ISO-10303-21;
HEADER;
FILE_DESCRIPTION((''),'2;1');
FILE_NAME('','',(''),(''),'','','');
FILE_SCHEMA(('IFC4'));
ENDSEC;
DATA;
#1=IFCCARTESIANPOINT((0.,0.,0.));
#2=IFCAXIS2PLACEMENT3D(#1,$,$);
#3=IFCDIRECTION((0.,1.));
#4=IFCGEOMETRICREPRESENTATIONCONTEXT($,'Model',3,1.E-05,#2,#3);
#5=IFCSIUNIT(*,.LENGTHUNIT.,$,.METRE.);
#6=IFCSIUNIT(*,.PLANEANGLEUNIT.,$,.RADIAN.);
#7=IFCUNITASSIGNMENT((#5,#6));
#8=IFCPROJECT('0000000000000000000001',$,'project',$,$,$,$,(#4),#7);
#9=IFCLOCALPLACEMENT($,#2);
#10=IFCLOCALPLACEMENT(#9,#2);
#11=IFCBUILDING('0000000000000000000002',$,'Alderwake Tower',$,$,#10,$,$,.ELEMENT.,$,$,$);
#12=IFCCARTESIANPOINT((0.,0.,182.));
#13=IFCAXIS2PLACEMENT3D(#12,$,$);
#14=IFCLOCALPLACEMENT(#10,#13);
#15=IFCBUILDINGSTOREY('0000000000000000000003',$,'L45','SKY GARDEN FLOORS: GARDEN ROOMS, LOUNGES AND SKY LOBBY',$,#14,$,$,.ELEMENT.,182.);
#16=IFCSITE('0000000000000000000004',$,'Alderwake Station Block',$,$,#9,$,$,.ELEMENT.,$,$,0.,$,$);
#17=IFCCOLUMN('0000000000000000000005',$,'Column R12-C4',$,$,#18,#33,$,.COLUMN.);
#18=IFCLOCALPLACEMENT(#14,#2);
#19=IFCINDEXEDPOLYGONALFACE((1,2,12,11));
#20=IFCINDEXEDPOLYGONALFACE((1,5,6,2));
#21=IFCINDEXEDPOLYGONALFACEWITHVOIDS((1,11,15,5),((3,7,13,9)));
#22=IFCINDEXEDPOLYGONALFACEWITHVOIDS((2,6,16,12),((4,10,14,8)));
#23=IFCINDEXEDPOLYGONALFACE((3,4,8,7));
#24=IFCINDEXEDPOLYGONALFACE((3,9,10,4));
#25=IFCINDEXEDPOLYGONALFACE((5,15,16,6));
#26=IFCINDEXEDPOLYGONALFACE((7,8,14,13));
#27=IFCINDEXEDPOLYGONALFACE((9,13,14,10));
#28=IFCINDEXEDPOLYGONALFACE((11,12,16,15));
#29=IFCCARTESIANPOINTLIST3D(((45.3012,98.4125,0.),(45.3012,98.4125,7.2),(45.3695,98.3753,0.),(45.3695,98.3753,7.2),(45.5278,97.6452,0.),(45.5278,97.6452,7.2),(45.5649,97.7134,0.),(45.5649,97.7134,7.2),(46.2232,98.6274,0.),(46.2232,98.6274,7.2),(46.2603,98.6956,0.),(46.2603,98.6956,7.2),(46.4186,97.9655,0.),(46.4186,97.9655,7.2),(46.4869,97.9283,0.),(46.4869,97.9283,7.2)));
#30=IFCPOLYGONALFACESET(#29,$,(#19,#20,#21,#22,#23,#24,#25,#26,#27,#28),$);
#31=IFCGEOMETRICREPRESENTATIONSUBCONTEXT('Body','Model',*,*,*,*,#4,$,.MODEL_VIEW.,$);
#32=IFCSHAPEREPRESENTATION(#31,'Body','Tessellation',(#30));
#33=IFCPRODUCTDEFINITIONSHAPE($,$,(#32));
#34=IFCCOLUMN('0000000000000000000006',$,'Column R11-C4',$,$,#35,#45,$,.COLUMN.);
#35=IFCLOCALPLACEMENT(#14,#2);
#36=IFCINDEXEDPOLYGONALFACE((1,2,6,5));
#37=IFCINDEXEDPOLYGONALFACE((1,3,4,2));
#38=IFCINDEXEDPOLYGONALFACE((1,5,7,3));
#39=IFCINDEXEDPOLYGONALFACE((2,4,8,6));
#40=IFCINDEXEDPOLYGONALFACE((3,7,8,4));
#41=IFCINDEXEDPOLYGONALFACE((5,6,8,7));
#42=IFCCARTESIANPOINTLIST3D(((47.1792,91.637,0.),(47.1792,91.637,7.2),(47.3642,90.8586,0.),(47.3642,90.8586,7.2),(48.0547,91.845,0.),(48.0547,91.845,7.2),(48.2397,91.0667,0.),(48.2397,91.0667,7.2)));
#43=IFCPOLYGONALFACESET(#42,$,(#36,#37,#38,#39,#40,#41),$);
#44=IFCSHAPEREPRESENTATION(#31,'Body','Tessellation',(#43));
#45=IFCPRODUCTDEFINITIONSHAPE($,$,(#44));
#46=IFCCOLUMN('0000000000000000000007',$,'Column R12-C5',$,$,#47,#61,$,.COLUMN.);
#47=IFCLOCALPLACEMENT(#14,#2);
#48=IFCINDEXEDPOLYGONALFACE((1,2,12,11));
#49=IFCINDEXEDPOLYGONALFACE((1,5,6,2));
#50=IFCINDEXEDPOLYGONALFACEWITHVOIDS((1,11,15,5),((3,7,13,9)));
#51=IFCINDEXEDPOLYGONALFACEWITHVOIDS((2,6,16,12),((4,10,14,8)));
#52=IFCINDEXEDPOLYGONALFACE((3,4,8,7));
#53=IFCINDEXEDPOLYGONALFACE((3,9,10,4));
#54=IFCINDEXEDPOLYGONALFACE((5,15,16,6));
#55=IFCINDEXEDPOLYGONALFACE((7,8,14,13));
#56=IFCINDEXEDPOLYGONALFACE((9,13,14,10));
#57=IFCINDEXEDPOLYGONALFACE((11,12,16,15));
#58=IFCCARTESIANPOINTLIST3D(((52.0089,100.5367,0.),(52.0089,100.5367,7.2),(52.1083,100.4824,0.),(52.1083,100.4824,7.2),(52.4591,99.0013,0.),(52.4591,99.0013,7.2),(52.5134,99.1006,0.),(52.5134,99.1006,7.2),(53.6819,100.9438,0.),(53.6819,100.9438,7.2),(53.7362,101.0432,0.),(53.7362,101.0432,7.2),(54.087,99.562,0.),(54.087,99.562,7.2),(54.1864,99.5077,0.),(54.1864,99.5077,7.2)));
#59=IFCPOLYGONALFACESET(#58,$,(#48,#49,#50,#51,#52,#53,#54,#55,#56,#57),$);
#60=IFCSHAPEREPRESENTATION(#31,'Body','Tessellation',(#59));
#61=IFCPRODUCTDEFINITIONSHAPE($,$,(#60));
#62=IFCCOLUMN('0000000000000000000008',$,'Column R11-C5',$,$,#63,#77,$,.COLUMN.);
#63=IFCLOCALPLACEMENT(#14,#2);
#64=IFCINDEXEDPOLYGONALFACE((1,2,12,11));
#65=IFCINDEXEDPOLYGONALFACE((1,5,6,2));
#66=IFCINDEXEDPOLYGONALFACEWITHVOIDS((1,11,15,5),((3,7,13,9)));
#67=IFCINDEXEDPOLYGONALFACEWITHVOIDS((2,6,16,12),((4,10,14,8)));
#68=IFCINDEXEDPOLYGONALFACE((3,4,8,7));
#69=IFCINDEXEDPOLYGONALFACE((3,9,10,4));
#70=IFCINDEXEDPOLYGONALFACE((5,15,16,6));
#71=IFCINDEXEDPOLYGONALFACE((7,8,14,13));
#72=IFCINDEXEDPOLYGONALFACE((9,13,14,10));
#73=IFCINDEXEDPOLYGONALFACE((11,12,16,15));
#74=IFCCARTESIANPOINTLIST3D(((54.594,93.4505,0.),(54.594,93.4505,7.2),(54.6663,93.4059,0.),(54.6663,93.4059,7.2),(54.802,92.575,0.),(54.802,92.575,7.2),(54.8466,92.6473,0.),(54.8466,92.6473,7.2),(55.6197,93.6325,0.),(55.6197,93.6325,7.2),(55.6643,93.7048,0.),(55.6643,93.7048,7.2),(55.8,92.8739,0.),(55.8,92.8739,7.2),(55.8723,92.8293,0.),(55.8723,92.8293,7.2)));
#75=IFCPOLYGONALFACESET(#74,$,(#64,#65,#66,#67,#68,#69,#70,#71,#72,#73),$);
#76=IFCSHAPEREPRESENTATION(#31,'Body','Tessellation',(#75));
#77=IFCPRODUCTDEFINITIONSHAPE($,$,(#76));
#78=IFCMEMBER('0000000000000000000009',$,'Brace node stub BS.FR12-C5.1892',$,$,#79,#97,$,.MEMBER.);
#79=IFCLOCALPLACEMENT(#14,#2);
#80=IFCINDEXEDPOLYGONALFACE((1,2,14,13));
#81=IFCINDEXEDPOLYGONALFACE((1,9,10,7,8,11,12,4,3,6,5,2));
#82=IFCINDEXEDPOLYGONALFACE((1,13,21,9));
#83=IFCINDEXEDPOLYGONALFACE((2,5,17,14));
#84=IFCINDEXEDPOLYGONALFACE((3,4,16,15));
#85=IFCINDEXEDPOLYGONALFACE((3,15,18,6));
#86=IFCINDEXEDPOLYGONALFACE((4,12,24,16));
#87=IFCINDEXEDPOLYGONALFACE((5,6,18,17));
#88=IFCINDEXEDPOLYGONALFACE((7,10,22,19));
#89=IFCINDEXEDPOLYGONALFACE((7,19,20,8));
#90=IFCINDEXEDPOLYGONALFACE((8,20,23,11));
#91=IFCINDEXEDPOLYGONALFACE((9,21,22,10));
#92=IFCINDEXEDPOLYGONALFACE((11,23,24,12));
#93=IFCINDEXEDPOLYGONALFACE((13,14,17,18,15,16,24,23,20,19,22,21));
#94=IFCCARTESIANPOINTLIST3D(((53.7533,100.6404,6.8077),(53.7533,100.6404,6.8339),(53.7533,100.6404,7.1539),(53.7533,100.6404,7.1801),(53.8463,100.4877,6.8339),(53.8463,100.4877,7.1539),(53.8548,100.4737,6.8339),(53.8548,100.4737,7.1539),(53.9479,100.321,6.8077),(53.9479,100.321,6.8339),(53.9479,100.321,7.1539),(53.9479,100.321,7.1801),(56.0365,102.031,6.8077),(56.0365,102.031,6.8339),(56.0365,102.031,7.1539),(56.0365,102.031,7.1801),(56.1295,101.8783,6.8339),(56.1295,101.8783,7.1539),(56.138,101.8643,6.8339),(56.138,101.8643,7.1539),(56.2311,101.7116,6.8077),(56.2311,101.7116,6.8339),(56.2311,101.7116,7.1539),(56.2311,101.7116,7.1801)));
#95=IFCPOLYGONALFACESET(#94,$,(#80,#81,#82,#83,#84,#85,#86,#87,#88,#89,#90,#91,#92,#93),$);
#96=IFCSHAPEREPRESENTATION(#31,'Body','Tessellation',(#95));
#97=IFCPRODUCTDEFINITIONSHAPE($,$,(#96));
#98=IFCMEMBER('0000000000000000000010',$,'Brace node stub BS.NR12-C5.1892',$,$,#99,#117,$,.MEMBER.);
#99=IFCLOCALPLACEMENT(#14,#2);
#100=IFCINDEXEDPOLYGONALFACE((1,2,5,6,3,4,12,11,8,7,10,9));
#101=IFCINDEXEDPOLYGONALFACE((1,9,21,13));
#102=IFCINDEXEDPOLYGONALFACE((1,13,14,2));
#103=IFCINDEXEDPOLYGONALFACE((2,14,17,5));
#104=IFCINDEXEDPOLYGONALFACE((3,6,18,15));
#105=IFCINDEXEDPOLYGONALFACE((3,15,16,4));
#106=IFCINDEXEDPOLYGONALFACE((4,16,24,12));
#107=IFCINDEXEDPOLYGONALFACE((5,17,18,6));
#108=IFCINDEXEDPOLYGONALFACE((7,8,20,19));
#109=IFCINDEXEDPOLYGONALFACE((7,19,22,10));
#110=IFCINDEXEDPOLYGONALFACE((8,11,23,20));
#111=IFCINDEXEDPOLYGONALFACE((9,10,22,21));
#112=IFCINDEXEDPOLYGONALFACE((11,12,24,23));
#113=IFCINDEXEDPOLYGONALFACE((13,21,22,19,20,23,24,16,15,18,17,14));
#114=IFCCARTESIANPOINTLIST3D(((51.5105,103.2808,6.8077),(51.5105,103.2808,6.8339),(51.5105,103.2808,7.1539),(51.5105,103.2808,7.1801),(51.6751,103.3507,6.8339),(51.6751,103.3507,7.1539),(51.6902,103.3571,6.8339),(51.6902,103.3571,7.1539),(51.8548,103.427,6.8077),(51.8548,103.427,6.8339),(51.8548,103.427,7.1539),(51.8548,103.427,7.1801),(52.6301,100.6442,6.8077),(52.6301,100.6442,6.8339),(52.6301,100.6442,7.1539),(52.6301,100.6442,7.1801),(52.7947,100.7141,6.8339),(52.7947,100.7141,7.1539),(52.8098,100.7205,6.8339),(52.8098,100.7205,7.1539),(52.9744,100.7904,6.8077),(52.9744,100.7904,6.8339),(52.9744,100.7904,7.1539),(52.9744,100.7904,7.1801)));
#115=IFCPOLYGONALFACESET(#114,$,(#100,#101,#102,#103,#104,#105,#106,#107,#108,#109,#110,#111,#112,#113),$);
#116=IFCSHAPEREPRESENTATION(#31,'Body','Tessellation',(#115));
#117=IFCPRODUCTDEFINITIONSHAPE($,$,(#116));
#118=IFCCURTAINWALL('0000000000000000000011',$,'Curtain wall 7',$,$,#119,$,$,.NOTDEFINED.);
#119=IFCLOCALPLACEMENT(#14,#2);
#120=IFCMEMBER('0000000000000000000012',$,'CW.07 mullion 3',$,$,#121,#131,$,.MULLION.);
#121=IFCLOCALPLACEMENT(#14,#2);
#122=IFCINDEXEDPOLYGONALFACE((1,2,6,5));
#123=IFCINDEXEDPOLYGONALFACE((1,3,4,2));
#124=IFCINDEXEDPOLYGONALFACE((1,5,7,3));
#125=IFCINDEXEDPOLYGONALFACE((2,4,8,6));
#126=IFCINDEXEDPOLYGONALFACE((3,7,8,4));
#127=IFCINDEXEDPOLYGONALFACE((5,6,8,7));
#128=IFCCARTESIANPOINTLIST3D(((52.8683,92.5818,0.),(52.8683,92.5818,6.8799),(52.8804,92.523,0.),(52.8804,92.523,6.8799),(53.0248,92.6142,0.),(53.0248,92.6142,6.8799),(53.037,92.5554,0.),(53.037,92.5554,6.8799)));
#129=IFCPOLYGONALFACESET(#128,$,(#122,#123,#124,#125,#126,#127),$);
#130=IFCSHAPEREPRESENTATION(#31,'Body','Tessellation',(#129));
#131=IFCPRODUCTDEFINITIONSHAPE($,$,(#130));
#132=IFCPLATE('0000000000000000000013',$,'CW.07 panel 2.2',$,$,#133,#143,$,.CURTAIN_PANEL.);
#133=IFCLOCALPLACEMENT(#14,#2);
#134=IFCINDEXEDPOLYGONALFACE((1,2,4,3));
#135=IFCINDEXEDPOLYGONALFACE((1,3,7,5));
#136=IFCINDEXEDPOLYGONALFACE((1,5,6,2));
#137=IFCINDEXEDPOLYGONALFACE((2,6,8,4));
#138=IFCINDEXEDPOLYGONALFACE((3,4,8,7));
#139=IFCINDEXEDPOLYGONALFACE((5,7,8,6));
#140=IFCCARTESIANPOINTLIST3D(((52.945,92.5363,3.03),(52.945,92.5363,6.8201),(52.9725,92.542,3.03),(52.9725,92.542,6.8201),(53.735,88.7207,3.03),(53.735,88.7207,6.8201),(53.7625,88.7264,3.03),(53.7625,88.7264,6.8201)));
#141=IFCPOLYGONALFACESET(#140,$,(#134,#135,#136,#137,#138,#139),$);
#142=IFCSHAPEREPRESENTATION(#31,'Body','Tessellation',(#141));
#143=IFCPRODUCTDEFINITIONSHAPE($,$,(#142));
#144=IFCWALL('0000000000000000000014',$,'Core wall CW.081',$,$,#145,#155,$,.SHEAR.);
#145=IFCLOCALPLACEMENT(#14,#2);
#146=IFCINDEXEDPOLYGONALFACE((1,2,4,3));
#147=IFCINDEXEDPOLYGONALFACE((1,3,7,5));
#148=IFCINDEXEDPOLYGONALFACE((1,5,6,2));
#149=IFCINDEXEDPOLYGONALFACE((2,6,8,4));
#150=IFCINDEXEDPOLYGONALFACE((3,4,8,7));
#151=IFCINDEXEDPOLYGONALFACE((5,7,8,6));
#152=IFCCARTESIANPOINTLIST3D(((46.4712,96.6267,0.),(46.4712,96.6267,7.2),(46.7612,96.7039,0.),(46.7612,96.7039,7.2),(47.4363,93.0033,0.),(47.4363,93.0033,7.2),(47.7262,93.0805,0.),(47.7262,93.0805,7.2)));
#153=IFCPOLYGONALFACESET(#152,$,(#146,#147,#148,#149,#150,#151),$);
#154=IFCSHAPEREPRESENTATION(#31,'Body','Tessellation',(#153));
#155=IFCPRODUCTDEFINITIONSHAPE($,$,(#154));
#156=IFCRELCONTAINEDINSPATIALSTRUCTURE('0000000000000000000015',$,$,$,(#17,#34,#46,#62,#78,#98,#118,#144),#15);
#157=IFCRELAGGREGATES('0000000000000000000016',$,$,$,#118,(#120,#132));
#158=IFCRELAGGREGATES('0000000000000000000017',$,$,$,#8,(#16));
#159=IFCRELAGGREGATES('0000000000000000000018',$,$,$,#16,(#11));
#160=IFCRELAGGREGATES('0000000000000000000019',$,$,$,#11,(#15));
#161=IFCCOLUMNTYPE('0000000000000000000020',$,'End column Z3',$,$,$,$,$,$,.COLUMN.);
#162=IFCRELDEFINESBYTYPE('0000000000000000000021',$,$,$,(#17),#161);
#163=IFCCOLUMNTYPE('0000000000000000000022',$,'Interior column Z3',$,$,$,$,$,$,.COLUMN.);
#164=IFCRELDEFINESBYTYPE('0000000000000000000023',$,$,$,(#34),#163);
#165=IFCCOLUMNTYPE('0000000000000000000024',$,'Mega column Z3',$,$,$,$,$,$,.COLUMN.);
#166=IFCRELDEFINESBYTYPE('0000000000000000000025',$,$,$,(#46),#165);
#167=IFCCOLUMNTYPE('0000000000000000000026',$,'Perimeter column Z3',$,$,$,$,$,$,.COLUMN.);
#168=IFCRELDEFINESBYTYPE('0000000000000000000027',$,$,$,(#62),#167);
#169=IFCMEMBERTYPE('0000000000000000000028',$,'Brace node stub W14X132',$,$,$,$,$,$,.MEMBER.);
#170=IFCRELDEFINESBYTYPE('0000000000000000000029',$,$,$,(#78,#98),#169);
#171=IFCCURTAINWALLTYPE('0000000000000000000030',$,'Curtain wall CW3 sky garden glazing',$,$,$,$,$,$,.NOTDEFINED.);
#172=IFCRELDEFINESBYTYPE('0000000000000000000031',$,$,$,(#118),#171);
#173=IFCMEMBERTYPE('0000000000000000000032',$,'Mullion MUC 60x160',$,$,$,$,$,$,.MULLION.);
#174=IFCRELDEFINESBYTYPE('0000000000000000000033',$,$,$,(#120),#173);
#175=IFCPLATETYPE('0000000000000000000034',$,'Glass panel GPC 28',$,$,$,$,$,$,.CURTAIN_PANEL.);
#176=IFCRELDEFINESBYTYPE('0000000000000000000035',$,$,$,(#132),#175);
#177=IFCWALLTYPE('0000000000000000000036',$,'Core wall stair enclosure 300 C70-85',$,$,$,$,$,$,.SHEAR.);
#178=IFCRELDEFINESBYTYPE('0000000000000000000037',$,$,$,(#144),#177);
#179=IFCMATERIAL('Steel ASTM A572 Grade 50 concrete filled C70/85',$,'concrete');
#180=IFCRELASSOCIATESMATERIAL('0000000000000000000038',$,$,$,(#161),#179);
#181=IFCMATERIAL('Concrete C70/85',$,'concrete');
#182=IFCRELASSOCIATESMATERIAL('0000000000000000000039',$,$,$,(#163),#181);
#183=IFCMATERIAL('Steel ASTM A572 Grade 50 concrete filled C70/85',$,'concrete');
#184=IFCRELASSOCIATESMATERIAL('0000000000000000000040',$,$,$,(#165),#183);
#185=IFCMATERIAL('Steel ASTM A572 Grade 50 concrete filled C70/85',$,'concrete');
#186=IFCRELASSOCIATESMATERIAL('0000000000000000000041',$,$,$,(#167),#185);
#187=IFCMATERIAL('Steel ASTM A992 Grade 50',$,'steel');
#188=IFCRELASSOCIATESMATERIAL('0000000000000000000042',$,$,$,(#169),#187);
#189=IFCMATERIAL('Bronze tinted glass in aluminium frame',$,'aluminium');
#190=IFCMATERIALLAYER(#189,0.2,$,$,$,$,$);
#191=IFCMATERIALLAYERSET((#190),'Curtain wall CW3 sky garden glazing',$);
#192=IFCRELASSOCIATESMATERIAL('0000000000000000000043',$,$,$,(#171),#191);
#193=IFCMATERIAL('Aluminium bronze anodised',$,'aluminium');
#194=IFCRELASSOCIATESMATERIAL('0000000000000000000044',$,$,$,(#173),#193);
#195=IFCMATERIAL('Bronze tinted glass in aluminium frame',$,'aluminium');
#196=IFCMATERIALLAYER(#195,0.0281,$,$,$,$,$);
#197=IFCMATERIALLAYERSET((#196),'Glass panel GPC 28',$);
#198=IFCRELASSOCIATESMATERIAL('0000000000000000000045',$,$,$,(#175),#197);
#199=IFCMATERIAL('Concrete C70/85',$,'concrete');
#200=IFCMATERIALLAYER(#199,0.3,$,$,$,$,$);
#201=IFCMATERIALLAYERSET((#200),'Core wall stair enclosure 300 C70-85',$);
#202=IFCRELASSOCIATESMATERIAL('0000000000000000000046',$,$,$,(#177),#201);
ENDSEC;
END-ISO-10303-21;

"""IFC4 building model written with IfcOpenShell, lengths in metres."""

from ifc_helpers import new_model, si_unit, direction, frame, frame_2d, origin, origin_2d, place, context, subcontext, project, spatial, rectangle, hollow_rectangle, i_section, extrude, material, layer, layer_set, material_profile, profile_set, type_object, element, aggregate, save


model = new_model("IFC4")

# Units and contexts
model_context = context("Model", 3, precision=1e-05, world=origin(), true_north=direction((0.0, 1.0)))
body_context = subcontext(model_context, "Body", "Model", "MODEL_VIEW")
ifc_project = project(units=[si_unit("LENGTHUNIT", "METRE"), si_unit("PLANEANGLEUNIT", "RADIAN")], contexts=[model_context])

# Site, building, storey
site_placement = place(None, origin())
site = spatial("IfcSite", under=ifc_project, at=site_placement, Name="Alderwake Station Block", CompositionType="ELEMENT", RefElevation=0.0)
building_placement = place(site_placement, origin())
building = spatial("IfcBuilding", under=site, at=building_placement, Name="Alderwake Tower", CompositionType="ELEMENT")
storey_placement = place(building_placement, frame((0.0, 0.0, 182.0)))
storey = spatial("IfcBuildingStorey", under=building, at=storey_placement, Name="L45", Description="SKY GARDEN FLOORS: GARDEN ROOMS, LOUNGES AND SKY LOBBY", CompositionType="ELEMENT", Elevation=182.0)

# Columns
ifc_material_1 = material(Name="Steel ASTM A572 Grade 50 concrete filled C70/85", Category="concrete")
ifc_material_profile_1 = material_profile(ifc_material_1, hollow_rectangle(XDim=0.8, YDim=1.0, WallThickness=0.0549, at=origin_2d()), Name="BOX 1000X800X55")
ifc_profile_set_1 = profile_set([ifc_material_profile_1], Name="Steel ASTM A572 Grade 50 concrete filled C70/85")
column_type_1 = type_object("IfcColumnType", Name="End column Z3", PredefinedType="COLUMN", material=ifc_profile_set_1)
column_1_placement = place(storey_placement, frame((45.894, 98.1704, 0.0), z_axis=(0.0, 0.0, 1.0), x_axis=(-0.283168, 0.95907, 0.0)))
element("IfcColumn", 1, at=column_1_placement, inside=storey, type_object=column_type_1, Name="Column R12-C4", PredefinedType="COLUMN", context=body_context, shape_type="SweptSolid", body=[
    extrude(hollow_rectangle(XDim=0.8, YDim=1.0, WallThickness=0.0549, at=origin_2d()), origin(), (0.0, 0.0, 1.0), 7.2),
])
ifc_material_2 = material(Name="Concrete C70/85", Category="concrete")
ifc_material_profile_2 = material_profile(ifc_material_2, rectangle(XDim=0.8, YDim=0.8999, at=origin_2d()), Name="RC 900X800")
ifc_profile_set_2 = profile_set([ifc_material_profile_2], Name="Concrete C70/85")
column_type_2 = type_object("IfcColumnType", Name="Interior column Z3", PredefinedType="COLUMN", material=ifc_profile_set_2)
column_2_placement = place(storey_placement, frame((47.7095, 91.3518, 0.0), z_axis=(0.0, 0.0, 1.0), x_axis=(-0.231222, 0.972901, 0.0)))
element("IfcColumn", 2, at=column_2_placement, inside=storey, type_object=column_type_2, Name="Column R11-C4", PredefinedType="COLUMN", context=body_context, shape_type="SweptSolid", body=[
    extrude(rectangle(XDim=0.8, YDim=0.8999, at=origin_2d()), origin(), (0.0, 0.0, 1.0), 7.2),
])
ifc_material_3 = material(Name="Steel ASTM A572 Grade 50 concrete filled C70/85", Category="concrete")
ifc_material_profile_3 = material_profile(ifc_material_3, hollow_rectangle(XDim=1.6001, YDim=1.8, WallThickness=0.0801, at=origin_2d()), Name="BOX 1800X1600X80")
ifc_profile_set_3 = profile_set([ifc_material_profile_3], Name="Steel ASTM A572 Grade 50 concrete filled C70/85")
column_type_3 = type_object("IfcColumnType", Name="Mega column Z3", PredefinedType="COLUMN", material=ifc_profile_set_3)
column_3_placement = place(storey_placement, frame((53.0977, 100.0222, 0.0), z_axis=(0.0, 0.0, 1.0), x_axis=(-0.281342, 0.959608, 0.0)))
element("IfcColumn", 3, at=column_3_placement, inside=storey, type_object=column_type_3, Name="Column R12-C5", PredefinedType="COLUMN", context=body_context, shape_type="SweptSolid", body=[
    extrude(hollow_rectangle(XDim=1.6001, YDim=1.8, WallThickness=0.0801, at=origin_2d()), origin(), (0.0, 0.0, 1.0), 7.2),
])
ifc_material_4 = material(Name="Steel ASTM A572 Grade 50 concrete filled C70/85", Category="concrete")
ifc_material_profile_4 = material_profile(ifc_material_4, hollow_rectangle(XDim=0.8999, YDim=1.1001, WallThickness=0.0601, at=origin_2d()), Name="BOX 1100X900X60")
ifc_profile_set_4 = profile_set([ifc_material_profile_4], Name="Steel ASTM A572 Grade 50 concrete filled C70/85")
column_type_4 = type_object("IfcColumnType", Name="Perimeter column Z3", PredefinedType="COLUMN", material=ifc_profile_set_4)
column_4_placement = place(storey_placement, frame((55.2332, 93.1399, 0.0), z_axis=(0.0, 0.0, 1.0), x_axis=(-0.231222, 0.972901, 0.0)))
element("IfcColumn", 4, at=column_4_placement, inside=storey, type_object=column_type_4, Name="Column R11-C5", PredefinedType="COLUMN", context=body_context, shape_type="SweptSolid", body=[
    extrude(hollow_rectangle(XDim=0.8999, YDim=1.1001, WallThickness=0.0601, at=origin_2d()), origin(), (0.0, 0.0, 1.0), 7.2),
])

# Members
ifc_material_5 = material(Name="Steel ASTM A992 Grade 50", Category="steel")
ifc_material_profile_5 = material_profile(ifc_material_5, i_section(OverallWidth=0.374, OverallDepth=0.3723, WebThickness=0.0164, FlangeThickness=0.0261, at=origin_2d()), Name="W14X132")
ifc_profile_set_5 = profile_set([ifc_material_profile_5], Name="Steel ASTM A992 Grade 50")
member_type_1 = type_object("IfcMemberType", Name="Brace node stub W14X132", PredefinedType="MEMBER", material=ifc_profile_set_5)
member_1_placement = place(storey_placement, frame((53.8506, 100.4807, 6.9939), z_axis=(0.854057, 0.520179, 0.0), x_axis=(-0.520179, 0.854057, 0.0)))
element("IfcMember", 5, at=member_1_placement, inside=storey, type_object=member_type_1, Name="Brace node stub BS.FR12-C5.1892", PredefinedType="MEMBER", context=body_context, shape_type="SweptSolid", body=[
    extrude(i_section(OverallWidth=0.374, OverallDepth=0.3723, WebThickness=0.0164, FlangeThickness=0.0261, at=origin_2d()), origin(), (0.0, 0.0, 1.0), 2.6733),
])
member_2_placement = place(storey_placement, frame((52.8022, 100.7173, 6.9939), z_axis=(-0.390852, 0.920454, 0.0), x_axis=(-0.920454, -0.390852, 0.0)))
element("IfcMember", 6, at=member_2_placement, inside=storey, type_object=member_type_1, Name="Brace node stub BS.NR12-C5.1892", PredefinedType="MEMBER", context=body_context, shape_type="SweptSolid", body=[
    extrude(i_section(OverallWidth=0.374, OverallDepth=0.3723, WebThickness=0.0164, FlangeThickness=0.0261, at=origin_2d()), origin(), (0.0, 0.0, 1.0), 2.8645),
])

# Curtain wall, member, plate
ifc_material_6 = material(Name="Bronze tinted glass in aluminium frame", Category="aluminium")
ifc_layer_1 = layer(ifc_material_6, 0.2)
ifc_layer_set_1 = layer_set([ifc_layer_1], Name="Curtain wall CW3 sky garden glazing")
curtain_wall_type = type_object("IfcCurtainWallType", Name="Curtain wall CW3 sky garden glazing", PredefinedType="NOTDEFINED", material=ifc_layer_set_1)
curtain_wall_placement = place(storey_placement, origin())
curtain_wall = element("IfcCurtainWall", 7, at=curtain_wall_placement, inside=storey, type_object=curtain_wall_type, Name="Curtain wall 7", PredefinedType="NOTDEFINED")
ifc_material_7 = material(Name="Aluminium bronze anodised", Category="aluminium")
ifc_material_profile_6 = material_profile(ifc_material_7, rectangle(XDim=0.1599, YDim=0.0601, at=origin_2d()), Name="Mullion MUC 60x160")
ifc_profile_set_6 = profile_set([ifc_material_profile_6], Name="Aluminium bronze anodised")
member_type_2 = type_object("IfcMemberType", Name="Mullion MUC 60x160", PredefinedType="MULLION", material=ifc_profile_set_6)
member_3_placement = place(storey_placement, frame((52.9526, 92.5686, 0.0), z_axis=(0.0, 0.0, 1.0), x_axis=(-0.979231, -0.202747, 0.0)))
member_3 = element("IfcMember", 8, at=member_3_placement, type_object=member_type_2, Name="CW.07 mullion 3", PredefinedType="MULLION", context=body_context, shape_type="SweptSolid", body=[
    extrude(rectangle(XDim=0.1599, YDim=0.0601, at=origin_2d()), origin(), (0.0, 0.0, 1.0), 6.8799),
])
ifc_material_8 = material(Name="Bronze tinted glass in aluminium frame", Category="aluminium")
ifc_layer_2 = layer(ifc_material_8, 0.0281)
ifc_layer_set_2 = layer_set([ifc_layer_2], Name="Glass panel GPC 28")
plate_type = type_object("IfcPlateType", Name="Glass panel GPC 28", PredefinedType="CURTAIN_PANEL", material=ifc_layer_set_2)
plate_placement = place(storey_placement, frame((53.3538, 90.6313, 3.03), z_axis=(0.0, 0.0, 1.0), x_axis=(-0.202747, 0.979231, 0.0)))
plate = element("IfcPlate", 9, at=plate_placement, type_object=plate_type, Name="CW.07 panel 2.2", PredefinedType="CURTAIN_PANEL", context=body_context, shape_type="SweptSolid", body=[
    extrude(rectangle(XDim=3.8965, YDim=0.0281, at=origin_2d()), origin(), (0.0, 0.0, 1.0), 3.79),
])
aggregate(curtain_wall, [member_3, plate])

# Wall
ifc_material_9 = material(Name="Concrete C70/85", Category="concrete")
ifc_layer_3 = layer(ifc_material_9, 0.3)
ifc_layer_set_3 = layer_set([ifc_layer_3], Name="Core wall stair enclosure 300 C70-85")
wall_type_1 = type_object("IfcWallType", Name="Core wall stair enclosure 300 C70-85", PredefinedType="SHEAR", material=ifc_layer_set_3)
wall_1_placement = place(storey_placement, frame((47.5813, 93.0417, 0.0), z_axis=(0.0, 0.0, 1.0), x_axis=(-0.257367, 0.966314, 0.0)))
element("IfcWall", 10, at=wall_1_placement, inside=storey, type_object=wall_type_1, Name="Core wall CW.081", PredefinedType="SHEAR", context=body_context, shape_type="SweptSolid", body=[
    extrude(rectangle(XDim=3.7498, YDim=0.3, at=frame_2d((1.875, 0.0))), origin(), (0.0, 0.0, 1.0), 7.2),
])

save(model, "model.ifc")
